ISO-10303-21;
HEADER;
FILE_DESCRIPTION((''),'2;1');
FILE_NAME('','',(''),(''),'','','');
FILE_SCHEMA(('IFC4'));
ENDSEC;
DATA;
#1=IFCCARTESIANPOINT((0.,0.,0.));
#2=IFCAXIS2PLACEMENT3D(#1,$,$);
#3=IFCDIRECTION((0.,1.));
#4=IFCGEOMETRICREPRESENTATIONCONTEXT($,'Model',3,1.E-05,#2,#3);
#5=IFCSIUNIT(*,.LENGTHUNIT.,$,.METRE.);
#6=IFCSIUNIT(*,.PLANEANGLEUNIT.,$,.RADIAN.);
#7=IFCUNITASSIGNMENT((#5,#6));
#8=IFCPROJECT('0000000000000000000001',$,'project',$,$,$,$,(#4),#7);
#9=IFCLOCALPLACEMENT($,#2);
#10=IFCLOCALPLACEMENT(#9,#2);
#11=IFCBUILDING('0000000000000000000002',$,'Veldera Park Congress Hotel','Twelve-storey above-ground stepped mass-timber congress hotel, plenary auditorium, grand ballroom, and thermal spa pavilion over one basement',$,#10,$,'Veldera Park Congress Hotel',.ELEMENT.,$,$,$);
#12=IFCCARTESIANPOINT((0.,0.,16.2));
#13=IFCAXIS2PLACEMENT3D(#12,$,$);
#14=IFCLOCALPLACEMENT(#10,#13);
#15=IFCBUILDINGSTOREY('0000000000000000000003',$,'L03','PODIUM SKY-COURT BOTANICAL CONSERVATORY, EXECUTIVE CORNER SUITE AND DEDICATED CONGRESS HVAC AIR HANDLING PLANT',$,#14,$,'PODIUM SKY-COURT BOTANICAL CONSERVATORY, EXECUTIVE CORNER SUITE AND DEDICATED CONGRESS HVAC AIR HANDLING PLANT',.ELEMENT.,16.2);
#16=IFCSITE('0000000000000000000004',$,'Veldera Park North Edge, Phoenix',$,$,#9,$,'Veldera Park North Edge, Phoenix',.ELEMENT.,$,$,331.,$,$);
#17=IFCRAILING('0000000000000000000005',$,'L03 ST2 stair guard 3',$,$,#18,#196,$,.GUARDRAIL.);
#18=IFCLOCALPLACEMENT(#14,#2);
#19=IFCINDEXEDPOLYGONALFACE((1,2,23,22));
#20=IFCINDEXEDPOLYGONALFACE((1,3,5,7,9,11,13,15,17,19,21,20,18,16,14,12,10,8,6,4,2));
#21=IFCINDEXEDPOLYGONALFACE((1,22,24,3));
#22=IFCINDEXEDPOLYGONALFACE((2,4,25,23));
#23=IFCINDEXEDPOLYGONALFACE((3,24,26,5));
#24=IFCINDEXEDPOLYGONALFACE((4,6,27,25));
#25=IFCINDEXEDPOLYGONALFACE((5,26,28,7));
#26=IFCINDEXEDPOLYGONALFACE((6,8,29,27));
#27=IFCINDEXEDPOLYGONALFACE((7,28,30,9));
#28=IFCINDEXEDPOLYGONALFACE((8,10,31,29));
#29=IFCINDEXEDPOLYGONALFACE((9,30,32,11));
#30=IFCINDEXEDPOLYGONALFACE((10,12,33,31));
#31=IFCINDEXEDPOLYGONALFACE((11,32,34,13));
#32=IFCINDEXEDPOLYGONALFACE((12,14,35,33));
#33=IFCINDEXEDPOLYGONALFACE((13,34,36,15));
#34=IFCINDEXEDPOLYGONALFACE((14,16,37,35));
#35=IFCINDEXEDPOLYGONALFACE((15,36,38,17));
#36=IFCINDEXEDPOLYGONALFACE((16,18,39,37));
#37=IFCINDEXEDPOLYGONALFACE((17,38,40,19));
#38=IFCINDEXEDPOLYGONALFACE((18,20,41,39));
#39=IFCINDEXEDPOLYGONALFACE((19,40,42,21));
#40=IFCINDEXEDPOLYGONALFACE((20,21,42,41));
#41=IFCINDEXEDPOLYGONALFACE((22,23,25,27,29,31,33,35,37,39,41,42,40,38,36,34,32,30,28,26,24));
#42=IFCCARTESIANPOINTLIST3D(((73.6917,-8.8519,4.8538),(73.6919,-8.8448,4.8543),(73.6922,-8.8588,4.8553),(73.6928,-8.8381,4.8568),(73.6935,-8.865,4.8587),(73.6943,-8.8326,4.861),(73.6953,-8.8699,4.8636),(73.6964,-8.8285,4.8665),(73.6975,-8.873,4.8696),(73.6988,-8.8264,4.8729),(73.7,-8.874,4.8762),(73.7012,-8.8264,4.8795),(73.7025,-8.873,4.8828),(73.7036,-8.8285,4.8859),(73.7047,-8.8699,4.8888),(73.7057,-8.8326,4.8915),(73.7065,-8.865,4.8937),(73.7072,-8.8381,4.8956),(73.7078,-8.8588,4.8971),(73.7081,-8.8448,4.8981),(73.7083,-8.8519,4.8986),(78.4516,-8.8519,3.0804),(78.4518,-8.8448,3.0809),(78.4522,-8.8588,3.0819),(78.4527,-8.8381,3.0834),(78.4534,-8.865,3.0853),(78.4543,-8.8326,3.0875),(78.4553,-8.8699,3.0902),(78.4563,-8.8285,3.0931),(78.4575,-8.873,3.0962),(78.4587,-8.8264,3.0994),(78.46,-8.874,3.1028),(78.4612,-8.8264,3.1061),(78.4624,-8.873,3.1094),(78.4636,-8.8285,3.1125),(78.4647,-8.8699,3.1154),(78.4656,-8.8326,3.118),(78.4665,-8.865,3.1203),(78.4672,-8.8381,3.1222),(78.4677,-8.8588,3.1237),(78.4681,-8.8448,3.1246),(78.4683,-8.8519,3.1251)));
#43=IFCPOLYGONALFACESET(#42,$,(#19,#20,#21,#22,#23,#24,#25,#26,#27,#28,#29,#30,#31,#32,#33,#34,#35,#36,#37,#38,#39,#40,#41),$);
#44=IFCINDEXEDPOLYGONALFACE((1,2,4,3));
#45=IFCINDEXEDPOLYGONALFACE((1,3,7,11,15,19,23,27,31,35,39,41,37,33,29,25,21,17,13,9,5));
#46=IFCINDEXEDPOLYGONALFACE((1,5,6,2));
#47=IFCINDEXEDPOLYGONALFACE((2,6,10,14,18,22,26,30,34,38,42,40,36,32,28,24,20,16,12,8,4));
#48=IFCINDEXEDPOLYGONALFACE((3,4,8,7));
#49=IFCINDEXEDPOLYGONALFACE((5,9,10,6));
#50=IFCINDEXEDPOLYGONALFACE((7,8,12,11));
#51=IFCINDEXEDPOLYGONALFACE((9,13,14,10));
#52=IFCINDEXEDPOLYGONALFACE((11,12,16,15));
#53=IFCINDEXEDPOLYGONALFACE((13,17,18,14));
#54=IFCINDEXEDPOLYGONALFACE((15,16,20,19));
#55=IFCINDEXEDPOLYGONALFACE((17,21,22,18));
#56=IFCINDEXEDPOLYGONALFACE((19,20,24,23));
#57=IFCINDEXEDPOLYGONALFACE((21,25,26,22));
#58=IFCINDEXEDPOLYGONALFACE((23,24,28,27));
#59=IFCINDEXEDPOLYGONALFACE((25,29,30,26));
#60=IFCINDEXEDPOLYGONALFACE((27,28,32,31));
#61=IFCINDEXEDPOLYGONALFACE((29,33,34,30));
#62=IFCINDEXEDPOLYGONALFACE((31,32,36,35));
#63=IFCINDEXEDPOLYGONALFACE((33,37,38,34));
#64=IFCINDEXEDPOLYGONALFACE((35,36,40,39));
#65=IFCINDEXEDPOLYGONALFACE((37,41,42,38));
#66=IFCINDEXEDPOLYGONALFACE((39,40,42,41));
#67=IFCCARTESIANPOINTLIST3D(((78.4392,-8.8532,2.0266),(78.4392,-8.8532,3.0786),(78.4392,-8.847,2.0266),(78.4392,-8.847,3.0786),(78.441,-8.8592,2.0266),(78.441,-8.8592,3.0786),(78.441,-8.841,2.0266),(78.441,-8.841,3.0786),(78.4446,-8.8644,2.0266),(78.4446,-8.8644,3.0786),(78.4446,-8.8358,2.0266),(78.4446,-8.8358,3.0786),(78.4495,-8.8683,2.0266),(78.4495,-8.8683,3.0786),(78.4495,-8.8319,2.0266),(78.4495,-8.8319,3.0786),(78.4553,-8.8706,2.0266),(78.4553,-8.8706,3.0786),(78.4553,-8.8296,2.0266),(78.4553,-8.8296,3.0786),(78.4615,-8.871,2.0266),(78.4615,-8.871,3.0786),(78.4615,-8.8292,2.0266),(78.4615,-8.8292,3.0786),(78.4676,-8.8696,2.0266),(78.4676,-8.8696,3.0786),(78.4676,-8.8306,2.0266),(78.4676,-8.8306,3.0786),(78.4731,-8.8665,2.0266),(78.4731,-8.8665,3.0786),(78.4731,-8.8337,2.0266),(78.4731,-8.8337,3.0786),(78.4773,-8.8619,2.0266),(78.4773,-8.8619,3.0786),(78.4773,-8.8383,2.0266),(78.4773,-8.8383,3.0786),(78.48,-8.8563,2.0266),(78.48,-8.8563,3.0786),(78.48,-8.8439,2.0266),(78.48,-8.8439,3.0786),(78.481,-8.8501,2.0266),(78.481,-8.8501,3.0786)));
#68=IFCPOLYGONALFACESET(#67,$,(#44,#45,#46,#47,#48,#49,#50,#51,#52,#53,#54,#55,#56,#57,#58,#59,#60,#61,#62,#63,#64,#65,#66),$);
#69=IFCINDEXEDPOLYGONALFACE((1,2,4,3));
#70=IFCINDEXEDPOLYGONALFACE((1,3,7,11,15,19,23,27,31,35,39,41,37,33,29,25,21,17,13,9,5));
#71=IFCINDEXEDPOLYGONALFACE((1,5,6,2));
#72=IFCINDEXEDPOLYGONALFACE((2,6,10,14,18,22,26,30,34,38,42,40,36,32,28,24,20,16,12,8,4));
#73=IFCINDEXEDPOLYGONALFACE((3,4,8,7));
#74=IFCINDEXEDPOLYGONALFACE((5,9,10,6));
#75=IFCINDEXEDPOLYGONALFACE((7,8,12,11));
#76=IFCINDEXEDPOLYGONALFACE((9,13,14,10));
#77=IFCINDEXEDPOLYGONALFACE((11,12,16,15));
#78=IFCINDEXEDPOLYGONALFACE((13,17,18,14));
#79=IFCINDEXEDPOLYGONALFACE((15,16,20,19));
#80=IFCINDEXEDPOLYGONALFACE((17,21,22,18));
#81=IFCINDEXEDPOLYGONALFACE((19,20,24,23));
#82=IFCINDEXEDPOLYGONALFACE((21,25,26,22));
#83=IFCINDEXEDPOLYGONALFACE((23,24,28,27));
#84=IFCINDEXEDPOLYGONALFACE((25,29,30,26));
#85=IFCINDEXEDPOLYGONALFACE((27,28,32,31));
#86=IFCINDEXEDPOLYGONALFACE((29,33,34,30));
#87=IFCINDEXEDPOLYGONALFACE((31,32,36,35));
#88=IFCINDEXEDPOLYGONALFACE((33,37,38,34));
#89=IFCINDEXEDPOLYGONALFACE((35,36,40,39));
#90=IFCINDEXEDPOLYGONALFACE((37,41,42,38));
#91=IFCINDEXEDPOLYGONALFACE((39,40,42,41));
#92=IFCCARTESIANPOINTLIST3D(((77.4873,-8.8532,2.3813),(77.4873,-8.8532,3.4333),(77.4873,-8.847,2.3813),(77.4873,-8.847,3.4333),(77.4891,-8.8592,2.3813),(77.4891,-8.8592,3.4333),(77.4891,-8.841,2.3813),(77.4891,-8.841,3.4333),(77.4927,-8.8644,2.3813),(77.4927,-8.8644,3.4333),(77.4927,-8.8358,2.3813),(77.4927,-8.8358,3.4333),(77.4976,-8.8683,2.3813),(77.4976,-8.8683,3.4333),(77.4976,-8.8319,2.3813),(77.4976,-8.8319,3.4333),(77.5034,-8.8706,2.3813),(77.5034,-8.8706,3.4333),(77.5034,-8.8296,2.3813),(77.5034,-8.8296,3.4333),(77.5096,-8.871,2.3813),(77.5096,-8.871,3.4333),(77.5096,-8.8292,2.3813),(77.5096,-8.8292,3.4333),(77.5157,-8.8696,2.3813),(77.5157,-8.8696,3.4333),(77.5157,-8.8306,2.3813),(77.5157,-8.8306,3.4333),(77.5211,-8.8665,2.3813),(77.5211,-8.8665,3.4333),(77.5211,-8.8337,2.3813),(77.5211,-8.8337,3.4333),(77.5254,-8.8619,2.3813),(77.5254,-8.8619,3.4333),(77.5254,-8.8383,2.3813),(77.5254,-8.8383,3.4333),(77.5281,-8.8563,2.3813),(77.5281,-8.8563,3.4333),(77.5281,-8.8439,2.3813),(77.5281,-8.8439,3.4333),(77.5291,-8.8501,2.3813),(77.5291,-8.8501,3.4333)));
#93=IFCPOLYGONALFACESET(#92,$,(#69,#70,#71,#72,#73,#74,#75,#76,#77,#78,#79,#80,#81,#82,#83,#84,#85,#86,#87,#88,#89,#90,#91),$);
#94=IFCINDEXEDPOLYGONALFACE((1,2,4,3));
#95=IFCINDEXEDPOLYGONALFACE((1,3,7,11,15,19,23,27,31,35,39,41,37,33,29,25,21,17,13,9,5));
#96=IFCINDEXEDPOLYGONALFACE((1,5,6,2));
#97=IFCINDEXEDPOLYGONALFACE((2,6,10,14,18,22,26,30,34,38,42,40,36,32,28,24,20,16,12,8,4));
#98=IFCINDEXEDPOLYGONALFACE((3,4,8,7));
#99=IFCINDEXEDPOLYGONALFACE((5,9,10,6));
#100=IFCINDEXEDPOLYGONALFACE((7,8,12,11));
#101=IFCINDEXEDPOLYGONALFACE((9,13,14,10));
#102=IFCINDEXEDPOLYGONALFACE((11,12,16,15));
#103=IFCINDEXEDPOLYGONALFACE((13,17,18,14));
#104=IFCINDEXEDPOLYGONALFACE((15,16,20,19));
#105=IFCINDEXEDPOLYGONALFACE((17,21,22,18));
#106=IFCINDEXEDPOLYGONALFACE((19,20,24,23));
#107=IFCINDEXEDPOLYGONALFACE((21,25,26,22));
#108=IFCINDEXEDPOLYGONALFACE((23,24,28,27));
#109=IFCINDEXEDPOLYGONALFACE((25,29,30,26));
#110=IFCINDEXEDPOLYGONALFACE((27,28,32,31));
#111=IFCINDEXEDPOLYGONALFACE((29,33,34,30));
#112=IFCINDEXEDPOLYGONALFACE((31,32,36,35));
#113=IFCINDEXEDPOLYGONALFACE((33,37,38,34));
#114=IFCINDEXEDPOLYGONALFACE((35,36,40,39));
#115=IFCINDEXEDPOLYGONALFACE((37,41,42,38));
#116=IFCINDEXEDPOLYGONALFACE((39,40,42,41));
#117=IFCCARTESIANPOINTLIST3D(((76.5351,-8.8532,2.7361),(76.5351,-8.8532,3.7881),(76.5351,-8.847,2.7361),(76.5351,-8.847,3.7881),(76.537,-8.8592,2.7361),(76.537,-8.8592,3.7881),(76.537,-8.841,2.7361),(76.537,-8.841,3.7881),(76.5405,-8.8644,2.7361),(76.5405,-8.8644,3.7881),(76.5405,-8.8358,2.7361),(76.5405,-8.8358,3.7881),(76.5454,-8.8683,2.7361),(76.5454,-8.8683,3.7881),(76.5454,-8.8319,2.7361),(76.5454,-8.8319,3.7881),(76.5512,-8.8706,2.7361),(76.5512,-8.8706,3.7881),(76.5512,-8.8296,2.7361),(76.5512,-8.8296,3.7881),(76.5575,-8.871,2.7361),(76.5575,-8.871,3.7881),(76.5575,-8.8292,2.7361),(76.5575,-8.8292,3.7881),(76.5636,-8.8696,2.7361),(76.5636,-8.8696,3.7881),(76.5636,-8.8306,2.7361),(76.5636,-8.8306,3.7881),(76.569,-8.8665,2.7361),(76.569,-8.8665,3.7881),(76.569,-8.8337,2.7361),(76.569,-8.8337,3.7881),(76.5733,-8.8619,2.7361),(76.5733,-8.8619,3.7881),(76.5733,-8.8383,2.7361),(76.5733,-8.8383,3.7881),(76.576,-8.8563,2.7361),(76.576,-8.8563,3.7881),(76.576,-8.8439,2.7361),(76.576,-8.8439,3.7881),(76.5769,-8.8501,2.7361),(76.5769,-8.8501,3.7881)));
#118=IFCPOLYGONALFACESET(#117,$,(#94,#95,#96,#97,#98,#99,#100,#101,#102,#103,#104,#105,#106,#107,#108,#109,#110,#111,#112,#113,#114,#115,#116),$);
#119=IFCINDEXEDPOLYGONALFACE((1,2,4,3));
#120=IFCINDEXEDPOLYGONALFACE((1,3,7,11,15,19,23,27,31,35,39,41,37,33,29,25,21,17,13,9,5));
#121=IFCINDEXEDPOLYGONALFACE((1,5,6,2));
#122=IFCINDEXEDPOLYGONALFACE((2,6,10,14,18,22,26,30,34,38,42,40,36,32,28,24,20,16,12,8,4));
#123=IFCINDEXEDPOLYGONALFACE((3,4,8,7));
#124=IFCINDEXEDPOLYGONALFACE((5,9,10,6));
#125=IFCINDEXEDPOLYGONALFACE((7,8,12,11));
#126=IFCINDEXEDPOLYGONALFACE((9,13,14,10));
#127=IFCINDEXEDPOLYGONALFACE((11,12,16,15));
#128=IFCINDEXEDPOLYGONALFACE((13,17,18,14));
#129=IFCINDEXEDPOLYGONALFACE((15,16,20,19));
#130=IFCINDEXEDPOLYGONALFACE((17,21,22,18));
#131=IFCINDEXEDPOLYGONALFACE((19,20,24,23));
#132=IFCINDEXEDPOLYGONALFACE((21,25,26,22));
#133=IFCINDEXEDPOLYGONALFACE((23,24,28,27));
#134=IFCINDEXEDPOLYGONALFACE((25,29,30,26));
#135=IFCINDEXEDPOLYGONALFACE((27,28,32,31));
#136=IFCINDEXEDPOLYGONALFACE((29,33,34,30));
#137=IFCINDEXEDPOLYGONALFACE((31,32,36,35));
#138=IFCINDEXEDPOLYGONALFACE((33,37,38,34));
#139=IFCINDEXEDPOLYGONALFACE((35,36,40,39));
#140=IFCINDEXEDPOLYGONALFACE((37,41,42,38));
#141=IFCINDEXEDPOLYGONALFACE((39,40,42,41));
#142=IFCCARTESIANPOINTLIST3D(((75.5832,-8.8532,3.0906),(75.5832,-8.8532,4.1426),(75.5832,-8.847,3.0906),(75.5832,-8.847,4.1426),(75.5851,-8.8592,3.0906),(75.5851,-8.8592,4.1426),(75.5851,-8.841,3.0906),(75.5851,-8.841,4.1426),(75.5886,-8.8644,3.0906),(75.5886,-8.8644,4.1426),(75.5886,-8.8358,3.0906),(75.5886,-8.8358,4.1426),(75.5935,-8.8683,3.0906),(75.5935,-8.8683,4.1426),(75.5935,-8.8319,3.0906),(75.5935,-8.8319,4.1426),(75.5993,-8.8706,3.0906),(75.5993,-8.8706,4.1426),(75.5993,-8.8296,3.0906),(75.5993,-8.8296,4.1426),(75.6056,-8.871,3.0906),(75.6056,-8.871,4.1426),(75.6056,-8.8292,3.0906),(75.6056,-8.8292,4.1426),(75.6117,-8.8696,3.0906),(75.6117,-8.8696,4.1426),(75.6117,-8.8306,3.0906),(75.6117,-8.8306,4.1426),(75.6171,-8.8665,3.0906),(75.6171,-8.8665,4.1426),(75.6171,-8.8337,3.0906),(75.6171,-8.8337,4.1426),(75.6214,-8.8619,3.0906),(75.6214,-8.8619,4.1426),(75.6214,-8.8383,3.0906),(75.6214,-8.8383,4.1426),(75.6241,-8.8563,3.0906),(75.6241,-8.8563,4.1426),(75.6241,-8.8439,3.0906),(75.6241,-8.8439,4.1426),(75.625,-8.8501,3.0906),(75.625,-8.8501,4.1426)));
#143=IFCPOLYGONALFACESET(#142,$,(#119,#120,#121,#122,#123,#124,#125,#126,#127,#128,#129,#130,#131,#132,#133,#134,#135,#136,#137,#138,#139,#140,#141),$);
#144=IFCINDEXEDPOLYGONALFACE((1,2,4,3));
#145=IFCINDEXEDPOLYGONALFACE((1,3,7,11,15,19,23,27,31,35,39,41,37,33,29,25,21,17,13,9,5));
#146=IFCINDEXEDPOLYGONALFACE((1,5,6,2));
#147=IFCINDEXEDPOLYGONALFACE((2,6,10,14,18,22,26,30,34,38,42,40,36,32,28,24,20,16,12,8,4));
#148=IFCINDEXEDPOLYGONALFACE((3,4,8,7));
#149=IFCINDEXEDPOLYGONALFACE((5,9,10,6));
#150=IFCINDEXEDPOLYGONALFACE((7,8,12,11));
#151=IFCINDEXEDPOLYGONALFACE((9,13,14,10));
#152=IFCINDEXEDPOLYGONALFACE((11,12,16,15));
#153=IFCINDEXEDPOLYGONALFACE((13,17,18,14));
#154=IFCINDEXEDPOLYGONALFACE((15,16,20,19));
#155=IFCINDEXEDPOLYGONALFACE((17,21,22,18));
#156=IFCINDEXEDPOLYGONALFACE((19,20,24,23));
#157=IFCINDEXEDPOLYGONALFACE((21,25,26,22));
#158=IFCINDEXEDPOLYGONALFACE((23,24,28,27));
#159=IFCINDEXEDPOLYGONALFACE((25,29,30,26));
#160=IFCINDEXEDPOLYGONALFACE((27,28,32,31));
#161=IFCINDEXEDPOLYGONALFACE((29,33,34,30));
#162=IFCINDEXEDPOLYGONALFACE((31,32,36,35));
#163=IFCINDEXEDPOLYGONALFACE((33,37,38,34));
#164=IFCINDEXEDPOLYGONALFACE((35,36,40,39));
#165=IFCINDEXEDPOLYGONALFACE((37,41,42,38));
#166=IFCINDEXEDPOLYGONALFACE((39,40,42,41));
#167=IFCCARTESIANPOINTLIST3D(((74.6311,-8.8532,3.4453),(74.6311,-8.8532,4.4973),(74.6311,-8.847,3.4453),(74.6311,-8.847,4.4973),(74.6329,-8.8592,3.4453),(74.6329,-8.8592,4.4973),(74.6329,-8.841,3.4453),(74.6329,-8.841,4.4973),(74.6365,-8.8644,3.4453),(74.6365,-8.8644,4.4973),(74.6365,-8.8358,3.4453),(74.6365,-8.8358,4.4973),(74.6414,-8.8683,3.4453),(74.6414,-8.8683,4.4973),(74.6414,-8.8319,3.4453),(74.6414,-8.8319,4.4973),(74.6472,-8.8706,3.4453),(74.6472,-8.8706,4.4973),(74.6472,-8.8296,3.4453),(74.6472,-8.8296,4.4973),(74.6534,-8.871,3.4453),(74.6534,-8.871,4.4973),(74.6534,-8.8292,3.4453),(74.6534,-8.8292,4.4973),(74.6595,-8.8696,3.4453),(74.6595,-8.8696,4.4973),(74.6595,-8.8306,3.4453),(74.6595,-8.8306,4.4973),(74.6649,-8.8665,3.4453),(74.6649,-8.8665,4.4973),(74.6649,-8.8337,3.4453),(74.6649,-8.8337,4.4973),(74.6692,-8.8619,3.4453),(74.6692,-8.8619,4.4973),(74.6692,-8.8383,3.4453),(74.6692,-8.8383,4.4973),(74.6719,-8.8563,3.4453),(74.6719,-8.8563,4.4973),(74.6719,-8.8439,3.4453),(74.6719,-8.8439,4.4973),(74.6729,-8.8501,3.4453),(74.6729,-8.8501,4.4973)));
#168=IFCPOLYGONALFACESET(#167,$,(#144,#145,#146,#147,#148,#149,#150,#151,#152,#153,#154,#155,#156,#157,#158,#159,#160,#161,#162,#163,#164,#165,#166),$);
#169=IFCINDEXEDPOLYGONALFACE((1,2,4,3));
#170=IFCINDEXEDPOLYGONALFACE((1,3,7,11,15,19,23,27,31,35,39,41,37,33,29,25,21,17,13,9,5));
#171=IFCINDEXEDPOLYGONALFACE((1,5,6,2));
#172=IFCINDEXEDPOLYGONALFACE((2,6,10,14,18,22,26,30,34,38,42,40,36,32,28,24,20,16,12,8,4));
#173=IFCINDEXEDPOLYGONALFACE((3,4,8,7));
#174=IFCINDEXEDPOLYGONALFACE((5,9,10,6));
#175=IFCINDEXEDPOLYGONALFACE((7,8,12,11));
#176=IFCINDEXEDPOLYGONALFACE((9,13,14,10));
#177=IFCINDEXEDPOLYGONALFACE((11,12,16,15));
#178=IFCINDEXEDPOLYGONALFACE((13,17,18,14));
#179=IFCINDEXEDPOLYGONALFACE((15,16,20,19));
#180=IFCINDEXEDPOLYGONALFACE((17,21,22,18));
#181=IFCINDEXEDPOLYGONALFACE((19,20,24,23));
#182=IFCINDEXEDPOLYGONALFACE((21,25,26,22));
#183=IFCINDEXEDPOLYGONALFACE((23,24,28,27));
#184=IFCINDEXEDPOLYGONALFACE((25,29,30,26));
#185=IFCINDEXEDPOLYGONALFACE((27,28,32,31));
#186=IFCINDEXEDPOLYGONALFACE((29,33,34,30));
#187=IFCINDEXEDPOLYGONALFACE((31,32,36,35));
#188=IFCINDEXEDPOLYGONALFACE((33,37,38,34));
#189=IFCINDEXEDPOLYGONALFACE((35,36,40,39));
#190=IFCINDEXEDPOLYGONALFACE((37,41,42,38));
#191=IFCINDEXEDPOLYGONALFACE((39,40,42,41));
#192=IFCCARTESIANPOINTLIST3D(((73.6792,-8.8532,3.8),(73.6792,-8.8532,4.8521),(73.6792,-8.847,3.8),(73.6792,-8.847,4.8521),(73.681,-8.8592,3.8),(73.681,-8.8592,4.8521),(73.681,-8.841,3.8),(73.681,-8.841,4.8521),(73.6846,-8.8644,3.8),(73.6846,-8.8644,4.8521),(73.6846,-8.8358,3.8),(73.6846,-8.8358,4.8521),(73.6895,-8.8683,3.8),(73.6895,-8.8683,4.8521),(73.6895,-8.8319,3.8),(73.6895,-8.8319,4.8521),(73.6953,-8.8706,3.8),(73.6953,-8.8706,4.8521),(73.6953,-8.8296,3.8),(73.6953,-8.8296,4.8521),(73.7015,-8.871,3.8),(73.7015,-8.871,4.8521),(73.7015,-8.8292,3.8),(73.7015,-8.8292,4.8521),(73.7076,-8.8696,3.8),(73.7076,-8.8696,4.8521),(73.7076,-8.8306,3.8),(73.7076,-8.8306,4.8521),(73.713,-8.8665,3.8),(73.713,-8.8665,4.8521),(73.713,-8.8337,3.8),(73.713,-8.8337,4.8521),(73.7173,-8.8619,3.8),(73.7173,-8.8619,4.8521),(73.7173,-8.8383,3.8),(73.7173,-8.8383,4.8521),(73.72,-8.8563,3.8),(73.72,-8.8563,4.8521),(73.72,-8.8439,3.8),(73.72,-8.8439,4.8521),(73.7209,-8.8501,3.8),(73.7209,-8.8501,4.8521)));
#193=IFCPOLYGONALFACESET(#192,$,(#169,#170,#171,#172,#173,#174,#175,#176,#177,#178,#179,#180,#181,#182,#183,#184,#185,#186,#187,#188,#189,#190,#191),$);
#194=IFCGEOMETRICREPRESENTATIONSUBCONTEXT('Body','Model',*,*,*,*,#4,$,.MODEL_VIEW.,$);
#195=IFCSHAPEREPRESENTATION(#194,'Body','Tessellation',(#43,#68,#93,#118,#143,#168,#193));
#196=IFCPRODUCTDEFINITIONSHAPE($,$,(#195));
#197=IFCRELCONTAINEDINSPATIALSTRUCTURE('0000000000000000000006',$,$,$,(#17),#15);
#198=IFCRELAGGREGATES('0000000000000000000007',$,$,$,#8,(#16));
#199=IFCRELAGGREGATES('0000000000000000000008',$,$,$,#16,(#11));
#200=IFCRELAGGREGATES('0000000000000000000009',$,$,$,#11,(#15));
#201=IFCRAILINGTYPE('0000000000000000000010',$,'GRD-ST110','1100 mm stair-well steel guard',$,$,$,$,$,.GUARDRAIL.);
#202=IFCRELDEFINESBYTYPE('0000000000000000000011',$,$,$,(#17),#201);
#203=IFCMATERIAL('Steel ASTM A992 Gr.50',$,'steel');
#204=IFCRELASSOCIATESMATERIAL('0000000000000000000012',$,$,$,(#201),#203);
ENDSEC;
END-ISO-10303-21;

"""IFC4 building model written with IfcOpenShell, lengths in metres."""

from ifc_helpers import new_model, si_unit, direction, frame, origin, origin_2d, place, context, subcontext, project, spatial, circle, extrude, material, type_object, element, save


model = new_model("IFC4")

# Units and contexts
model_context = context("Model", 3, precision=1e-05, world=origin(), true_north=direction((0.0, 1.0)))
body_context = subcontext(model_context, "Body", "Model", "MODEL_VIEW")
ifc_project = project(units=[si_unit("LENGTHUNIT", "METRE"), si_unit("PLANEANGLEUNIT", "RADIAN")], contexts=[model_context])

# Site, building, storey
site_placement = place(None, origin())
site = spatial("IfcSite", under=ifc_project, at=site_placement, Name="Veldera Park North Edge, Phoenix", LongName="Veldera Park North Edge, Phoenix", CompositionType="ELEMENT", RefElevation=331.0)
building_placement = place(site_placement, origin())
building = spatial("IfcBuilding", under=site, at=building_placement, Name="Veldera Park Congress Hotel", Description="Twelve-storey above-ground stepped mass-timber congress hotel, plenary auditorium, grand ballroom, and thermal spa pavilion over one basement", LongName="Veldera Park Congress Hotel", CompositionType="ELEMENT")
storey_placement = place(building_placement, frame((0.0, 0.0, 16.2)))
storey = spatial("IfcBuildingStorey", under=building, at=storey_placement, Name="L03", Description="PODIUM SKY-COURT BOTANICAL CONSERVATORY, EXECUTIVE CORNER SUITE AND DEDICATED CONGRESS HVAC AIR HANDLING PLANT", LongName="PODIUM SKY-COURT BOTANICAL CONSERVATORY, EXECUTIVE CORNER SUITE AND DEDICATED CONGRESS HVAC AIR HANDLING PLANT", CompositionType="ELEMENT", Elevation=16.2)

# Railing
ifc_material_1 = material(Name="Steel ASTM A992 Gr.50", Category="steel")
railing_type_1 = type_object("IfcRailingType", Name="GRD-ST110", Description="1100 mm stair-well steel guard", PredefinedType="GUARDRAIL", material=ifc_material_1)
railing_1_placement = place(storey_placement, frame((78.46, -8.8501, 2.0266)))
element("IfcRailing", 1, at=railing_1_placement, inside=storey, type_object=railing_type_1, Name="L03 ST2 stair guard 3", PredefinedType="GUARDRAIL", context=body_context, shape_type="SweptSolid", body=[
    extrude(circle(Radius=0.0239, at=origin_2d()), frame((0.0, 0.0, 1.0762), z_axis=(-0.937076, 0.0, 0.349126), x_axis=(0.0, -1.0, 0.0)), (0.0, 0.0, 1.0), 5.0796),
    extrude(circle(Radius=0.021, at=origin_2d()), origin(), (0.0, 0.0, 1.0), 1.052),
    extrude(circle(Radius=0.021, at=origin_2d()), frame((-0.9519, 0.0, 0.3547)), (0.0, 0.0, 1.0), 1.052),
    extrude(circle(Radius=0.021, at=origin_2d()), frame((-1.9041, 0.0, 0.7095)), (0.0, 0.0, 1.0), 1.052),
    extrude(circle(Radius=0.021, at=origin_2d()), frame((-2.856, 0.0, 1.064)), (0.0, 0.0, 1.0), 1.052),
    extrude(circle(Radius=0.021, at=origin_2d()), frame((-3.8081, 0.0, 1.4187)), (0.0, 0.0, 1.0), 1.052),
    extrude(circle(Radius=0.021, at=origin_2d()), frame((-4.76, 0.0, 1.7734)), (0.0, 0.0, 1.0), 1.052),
])

save(model, "model.ifc")
